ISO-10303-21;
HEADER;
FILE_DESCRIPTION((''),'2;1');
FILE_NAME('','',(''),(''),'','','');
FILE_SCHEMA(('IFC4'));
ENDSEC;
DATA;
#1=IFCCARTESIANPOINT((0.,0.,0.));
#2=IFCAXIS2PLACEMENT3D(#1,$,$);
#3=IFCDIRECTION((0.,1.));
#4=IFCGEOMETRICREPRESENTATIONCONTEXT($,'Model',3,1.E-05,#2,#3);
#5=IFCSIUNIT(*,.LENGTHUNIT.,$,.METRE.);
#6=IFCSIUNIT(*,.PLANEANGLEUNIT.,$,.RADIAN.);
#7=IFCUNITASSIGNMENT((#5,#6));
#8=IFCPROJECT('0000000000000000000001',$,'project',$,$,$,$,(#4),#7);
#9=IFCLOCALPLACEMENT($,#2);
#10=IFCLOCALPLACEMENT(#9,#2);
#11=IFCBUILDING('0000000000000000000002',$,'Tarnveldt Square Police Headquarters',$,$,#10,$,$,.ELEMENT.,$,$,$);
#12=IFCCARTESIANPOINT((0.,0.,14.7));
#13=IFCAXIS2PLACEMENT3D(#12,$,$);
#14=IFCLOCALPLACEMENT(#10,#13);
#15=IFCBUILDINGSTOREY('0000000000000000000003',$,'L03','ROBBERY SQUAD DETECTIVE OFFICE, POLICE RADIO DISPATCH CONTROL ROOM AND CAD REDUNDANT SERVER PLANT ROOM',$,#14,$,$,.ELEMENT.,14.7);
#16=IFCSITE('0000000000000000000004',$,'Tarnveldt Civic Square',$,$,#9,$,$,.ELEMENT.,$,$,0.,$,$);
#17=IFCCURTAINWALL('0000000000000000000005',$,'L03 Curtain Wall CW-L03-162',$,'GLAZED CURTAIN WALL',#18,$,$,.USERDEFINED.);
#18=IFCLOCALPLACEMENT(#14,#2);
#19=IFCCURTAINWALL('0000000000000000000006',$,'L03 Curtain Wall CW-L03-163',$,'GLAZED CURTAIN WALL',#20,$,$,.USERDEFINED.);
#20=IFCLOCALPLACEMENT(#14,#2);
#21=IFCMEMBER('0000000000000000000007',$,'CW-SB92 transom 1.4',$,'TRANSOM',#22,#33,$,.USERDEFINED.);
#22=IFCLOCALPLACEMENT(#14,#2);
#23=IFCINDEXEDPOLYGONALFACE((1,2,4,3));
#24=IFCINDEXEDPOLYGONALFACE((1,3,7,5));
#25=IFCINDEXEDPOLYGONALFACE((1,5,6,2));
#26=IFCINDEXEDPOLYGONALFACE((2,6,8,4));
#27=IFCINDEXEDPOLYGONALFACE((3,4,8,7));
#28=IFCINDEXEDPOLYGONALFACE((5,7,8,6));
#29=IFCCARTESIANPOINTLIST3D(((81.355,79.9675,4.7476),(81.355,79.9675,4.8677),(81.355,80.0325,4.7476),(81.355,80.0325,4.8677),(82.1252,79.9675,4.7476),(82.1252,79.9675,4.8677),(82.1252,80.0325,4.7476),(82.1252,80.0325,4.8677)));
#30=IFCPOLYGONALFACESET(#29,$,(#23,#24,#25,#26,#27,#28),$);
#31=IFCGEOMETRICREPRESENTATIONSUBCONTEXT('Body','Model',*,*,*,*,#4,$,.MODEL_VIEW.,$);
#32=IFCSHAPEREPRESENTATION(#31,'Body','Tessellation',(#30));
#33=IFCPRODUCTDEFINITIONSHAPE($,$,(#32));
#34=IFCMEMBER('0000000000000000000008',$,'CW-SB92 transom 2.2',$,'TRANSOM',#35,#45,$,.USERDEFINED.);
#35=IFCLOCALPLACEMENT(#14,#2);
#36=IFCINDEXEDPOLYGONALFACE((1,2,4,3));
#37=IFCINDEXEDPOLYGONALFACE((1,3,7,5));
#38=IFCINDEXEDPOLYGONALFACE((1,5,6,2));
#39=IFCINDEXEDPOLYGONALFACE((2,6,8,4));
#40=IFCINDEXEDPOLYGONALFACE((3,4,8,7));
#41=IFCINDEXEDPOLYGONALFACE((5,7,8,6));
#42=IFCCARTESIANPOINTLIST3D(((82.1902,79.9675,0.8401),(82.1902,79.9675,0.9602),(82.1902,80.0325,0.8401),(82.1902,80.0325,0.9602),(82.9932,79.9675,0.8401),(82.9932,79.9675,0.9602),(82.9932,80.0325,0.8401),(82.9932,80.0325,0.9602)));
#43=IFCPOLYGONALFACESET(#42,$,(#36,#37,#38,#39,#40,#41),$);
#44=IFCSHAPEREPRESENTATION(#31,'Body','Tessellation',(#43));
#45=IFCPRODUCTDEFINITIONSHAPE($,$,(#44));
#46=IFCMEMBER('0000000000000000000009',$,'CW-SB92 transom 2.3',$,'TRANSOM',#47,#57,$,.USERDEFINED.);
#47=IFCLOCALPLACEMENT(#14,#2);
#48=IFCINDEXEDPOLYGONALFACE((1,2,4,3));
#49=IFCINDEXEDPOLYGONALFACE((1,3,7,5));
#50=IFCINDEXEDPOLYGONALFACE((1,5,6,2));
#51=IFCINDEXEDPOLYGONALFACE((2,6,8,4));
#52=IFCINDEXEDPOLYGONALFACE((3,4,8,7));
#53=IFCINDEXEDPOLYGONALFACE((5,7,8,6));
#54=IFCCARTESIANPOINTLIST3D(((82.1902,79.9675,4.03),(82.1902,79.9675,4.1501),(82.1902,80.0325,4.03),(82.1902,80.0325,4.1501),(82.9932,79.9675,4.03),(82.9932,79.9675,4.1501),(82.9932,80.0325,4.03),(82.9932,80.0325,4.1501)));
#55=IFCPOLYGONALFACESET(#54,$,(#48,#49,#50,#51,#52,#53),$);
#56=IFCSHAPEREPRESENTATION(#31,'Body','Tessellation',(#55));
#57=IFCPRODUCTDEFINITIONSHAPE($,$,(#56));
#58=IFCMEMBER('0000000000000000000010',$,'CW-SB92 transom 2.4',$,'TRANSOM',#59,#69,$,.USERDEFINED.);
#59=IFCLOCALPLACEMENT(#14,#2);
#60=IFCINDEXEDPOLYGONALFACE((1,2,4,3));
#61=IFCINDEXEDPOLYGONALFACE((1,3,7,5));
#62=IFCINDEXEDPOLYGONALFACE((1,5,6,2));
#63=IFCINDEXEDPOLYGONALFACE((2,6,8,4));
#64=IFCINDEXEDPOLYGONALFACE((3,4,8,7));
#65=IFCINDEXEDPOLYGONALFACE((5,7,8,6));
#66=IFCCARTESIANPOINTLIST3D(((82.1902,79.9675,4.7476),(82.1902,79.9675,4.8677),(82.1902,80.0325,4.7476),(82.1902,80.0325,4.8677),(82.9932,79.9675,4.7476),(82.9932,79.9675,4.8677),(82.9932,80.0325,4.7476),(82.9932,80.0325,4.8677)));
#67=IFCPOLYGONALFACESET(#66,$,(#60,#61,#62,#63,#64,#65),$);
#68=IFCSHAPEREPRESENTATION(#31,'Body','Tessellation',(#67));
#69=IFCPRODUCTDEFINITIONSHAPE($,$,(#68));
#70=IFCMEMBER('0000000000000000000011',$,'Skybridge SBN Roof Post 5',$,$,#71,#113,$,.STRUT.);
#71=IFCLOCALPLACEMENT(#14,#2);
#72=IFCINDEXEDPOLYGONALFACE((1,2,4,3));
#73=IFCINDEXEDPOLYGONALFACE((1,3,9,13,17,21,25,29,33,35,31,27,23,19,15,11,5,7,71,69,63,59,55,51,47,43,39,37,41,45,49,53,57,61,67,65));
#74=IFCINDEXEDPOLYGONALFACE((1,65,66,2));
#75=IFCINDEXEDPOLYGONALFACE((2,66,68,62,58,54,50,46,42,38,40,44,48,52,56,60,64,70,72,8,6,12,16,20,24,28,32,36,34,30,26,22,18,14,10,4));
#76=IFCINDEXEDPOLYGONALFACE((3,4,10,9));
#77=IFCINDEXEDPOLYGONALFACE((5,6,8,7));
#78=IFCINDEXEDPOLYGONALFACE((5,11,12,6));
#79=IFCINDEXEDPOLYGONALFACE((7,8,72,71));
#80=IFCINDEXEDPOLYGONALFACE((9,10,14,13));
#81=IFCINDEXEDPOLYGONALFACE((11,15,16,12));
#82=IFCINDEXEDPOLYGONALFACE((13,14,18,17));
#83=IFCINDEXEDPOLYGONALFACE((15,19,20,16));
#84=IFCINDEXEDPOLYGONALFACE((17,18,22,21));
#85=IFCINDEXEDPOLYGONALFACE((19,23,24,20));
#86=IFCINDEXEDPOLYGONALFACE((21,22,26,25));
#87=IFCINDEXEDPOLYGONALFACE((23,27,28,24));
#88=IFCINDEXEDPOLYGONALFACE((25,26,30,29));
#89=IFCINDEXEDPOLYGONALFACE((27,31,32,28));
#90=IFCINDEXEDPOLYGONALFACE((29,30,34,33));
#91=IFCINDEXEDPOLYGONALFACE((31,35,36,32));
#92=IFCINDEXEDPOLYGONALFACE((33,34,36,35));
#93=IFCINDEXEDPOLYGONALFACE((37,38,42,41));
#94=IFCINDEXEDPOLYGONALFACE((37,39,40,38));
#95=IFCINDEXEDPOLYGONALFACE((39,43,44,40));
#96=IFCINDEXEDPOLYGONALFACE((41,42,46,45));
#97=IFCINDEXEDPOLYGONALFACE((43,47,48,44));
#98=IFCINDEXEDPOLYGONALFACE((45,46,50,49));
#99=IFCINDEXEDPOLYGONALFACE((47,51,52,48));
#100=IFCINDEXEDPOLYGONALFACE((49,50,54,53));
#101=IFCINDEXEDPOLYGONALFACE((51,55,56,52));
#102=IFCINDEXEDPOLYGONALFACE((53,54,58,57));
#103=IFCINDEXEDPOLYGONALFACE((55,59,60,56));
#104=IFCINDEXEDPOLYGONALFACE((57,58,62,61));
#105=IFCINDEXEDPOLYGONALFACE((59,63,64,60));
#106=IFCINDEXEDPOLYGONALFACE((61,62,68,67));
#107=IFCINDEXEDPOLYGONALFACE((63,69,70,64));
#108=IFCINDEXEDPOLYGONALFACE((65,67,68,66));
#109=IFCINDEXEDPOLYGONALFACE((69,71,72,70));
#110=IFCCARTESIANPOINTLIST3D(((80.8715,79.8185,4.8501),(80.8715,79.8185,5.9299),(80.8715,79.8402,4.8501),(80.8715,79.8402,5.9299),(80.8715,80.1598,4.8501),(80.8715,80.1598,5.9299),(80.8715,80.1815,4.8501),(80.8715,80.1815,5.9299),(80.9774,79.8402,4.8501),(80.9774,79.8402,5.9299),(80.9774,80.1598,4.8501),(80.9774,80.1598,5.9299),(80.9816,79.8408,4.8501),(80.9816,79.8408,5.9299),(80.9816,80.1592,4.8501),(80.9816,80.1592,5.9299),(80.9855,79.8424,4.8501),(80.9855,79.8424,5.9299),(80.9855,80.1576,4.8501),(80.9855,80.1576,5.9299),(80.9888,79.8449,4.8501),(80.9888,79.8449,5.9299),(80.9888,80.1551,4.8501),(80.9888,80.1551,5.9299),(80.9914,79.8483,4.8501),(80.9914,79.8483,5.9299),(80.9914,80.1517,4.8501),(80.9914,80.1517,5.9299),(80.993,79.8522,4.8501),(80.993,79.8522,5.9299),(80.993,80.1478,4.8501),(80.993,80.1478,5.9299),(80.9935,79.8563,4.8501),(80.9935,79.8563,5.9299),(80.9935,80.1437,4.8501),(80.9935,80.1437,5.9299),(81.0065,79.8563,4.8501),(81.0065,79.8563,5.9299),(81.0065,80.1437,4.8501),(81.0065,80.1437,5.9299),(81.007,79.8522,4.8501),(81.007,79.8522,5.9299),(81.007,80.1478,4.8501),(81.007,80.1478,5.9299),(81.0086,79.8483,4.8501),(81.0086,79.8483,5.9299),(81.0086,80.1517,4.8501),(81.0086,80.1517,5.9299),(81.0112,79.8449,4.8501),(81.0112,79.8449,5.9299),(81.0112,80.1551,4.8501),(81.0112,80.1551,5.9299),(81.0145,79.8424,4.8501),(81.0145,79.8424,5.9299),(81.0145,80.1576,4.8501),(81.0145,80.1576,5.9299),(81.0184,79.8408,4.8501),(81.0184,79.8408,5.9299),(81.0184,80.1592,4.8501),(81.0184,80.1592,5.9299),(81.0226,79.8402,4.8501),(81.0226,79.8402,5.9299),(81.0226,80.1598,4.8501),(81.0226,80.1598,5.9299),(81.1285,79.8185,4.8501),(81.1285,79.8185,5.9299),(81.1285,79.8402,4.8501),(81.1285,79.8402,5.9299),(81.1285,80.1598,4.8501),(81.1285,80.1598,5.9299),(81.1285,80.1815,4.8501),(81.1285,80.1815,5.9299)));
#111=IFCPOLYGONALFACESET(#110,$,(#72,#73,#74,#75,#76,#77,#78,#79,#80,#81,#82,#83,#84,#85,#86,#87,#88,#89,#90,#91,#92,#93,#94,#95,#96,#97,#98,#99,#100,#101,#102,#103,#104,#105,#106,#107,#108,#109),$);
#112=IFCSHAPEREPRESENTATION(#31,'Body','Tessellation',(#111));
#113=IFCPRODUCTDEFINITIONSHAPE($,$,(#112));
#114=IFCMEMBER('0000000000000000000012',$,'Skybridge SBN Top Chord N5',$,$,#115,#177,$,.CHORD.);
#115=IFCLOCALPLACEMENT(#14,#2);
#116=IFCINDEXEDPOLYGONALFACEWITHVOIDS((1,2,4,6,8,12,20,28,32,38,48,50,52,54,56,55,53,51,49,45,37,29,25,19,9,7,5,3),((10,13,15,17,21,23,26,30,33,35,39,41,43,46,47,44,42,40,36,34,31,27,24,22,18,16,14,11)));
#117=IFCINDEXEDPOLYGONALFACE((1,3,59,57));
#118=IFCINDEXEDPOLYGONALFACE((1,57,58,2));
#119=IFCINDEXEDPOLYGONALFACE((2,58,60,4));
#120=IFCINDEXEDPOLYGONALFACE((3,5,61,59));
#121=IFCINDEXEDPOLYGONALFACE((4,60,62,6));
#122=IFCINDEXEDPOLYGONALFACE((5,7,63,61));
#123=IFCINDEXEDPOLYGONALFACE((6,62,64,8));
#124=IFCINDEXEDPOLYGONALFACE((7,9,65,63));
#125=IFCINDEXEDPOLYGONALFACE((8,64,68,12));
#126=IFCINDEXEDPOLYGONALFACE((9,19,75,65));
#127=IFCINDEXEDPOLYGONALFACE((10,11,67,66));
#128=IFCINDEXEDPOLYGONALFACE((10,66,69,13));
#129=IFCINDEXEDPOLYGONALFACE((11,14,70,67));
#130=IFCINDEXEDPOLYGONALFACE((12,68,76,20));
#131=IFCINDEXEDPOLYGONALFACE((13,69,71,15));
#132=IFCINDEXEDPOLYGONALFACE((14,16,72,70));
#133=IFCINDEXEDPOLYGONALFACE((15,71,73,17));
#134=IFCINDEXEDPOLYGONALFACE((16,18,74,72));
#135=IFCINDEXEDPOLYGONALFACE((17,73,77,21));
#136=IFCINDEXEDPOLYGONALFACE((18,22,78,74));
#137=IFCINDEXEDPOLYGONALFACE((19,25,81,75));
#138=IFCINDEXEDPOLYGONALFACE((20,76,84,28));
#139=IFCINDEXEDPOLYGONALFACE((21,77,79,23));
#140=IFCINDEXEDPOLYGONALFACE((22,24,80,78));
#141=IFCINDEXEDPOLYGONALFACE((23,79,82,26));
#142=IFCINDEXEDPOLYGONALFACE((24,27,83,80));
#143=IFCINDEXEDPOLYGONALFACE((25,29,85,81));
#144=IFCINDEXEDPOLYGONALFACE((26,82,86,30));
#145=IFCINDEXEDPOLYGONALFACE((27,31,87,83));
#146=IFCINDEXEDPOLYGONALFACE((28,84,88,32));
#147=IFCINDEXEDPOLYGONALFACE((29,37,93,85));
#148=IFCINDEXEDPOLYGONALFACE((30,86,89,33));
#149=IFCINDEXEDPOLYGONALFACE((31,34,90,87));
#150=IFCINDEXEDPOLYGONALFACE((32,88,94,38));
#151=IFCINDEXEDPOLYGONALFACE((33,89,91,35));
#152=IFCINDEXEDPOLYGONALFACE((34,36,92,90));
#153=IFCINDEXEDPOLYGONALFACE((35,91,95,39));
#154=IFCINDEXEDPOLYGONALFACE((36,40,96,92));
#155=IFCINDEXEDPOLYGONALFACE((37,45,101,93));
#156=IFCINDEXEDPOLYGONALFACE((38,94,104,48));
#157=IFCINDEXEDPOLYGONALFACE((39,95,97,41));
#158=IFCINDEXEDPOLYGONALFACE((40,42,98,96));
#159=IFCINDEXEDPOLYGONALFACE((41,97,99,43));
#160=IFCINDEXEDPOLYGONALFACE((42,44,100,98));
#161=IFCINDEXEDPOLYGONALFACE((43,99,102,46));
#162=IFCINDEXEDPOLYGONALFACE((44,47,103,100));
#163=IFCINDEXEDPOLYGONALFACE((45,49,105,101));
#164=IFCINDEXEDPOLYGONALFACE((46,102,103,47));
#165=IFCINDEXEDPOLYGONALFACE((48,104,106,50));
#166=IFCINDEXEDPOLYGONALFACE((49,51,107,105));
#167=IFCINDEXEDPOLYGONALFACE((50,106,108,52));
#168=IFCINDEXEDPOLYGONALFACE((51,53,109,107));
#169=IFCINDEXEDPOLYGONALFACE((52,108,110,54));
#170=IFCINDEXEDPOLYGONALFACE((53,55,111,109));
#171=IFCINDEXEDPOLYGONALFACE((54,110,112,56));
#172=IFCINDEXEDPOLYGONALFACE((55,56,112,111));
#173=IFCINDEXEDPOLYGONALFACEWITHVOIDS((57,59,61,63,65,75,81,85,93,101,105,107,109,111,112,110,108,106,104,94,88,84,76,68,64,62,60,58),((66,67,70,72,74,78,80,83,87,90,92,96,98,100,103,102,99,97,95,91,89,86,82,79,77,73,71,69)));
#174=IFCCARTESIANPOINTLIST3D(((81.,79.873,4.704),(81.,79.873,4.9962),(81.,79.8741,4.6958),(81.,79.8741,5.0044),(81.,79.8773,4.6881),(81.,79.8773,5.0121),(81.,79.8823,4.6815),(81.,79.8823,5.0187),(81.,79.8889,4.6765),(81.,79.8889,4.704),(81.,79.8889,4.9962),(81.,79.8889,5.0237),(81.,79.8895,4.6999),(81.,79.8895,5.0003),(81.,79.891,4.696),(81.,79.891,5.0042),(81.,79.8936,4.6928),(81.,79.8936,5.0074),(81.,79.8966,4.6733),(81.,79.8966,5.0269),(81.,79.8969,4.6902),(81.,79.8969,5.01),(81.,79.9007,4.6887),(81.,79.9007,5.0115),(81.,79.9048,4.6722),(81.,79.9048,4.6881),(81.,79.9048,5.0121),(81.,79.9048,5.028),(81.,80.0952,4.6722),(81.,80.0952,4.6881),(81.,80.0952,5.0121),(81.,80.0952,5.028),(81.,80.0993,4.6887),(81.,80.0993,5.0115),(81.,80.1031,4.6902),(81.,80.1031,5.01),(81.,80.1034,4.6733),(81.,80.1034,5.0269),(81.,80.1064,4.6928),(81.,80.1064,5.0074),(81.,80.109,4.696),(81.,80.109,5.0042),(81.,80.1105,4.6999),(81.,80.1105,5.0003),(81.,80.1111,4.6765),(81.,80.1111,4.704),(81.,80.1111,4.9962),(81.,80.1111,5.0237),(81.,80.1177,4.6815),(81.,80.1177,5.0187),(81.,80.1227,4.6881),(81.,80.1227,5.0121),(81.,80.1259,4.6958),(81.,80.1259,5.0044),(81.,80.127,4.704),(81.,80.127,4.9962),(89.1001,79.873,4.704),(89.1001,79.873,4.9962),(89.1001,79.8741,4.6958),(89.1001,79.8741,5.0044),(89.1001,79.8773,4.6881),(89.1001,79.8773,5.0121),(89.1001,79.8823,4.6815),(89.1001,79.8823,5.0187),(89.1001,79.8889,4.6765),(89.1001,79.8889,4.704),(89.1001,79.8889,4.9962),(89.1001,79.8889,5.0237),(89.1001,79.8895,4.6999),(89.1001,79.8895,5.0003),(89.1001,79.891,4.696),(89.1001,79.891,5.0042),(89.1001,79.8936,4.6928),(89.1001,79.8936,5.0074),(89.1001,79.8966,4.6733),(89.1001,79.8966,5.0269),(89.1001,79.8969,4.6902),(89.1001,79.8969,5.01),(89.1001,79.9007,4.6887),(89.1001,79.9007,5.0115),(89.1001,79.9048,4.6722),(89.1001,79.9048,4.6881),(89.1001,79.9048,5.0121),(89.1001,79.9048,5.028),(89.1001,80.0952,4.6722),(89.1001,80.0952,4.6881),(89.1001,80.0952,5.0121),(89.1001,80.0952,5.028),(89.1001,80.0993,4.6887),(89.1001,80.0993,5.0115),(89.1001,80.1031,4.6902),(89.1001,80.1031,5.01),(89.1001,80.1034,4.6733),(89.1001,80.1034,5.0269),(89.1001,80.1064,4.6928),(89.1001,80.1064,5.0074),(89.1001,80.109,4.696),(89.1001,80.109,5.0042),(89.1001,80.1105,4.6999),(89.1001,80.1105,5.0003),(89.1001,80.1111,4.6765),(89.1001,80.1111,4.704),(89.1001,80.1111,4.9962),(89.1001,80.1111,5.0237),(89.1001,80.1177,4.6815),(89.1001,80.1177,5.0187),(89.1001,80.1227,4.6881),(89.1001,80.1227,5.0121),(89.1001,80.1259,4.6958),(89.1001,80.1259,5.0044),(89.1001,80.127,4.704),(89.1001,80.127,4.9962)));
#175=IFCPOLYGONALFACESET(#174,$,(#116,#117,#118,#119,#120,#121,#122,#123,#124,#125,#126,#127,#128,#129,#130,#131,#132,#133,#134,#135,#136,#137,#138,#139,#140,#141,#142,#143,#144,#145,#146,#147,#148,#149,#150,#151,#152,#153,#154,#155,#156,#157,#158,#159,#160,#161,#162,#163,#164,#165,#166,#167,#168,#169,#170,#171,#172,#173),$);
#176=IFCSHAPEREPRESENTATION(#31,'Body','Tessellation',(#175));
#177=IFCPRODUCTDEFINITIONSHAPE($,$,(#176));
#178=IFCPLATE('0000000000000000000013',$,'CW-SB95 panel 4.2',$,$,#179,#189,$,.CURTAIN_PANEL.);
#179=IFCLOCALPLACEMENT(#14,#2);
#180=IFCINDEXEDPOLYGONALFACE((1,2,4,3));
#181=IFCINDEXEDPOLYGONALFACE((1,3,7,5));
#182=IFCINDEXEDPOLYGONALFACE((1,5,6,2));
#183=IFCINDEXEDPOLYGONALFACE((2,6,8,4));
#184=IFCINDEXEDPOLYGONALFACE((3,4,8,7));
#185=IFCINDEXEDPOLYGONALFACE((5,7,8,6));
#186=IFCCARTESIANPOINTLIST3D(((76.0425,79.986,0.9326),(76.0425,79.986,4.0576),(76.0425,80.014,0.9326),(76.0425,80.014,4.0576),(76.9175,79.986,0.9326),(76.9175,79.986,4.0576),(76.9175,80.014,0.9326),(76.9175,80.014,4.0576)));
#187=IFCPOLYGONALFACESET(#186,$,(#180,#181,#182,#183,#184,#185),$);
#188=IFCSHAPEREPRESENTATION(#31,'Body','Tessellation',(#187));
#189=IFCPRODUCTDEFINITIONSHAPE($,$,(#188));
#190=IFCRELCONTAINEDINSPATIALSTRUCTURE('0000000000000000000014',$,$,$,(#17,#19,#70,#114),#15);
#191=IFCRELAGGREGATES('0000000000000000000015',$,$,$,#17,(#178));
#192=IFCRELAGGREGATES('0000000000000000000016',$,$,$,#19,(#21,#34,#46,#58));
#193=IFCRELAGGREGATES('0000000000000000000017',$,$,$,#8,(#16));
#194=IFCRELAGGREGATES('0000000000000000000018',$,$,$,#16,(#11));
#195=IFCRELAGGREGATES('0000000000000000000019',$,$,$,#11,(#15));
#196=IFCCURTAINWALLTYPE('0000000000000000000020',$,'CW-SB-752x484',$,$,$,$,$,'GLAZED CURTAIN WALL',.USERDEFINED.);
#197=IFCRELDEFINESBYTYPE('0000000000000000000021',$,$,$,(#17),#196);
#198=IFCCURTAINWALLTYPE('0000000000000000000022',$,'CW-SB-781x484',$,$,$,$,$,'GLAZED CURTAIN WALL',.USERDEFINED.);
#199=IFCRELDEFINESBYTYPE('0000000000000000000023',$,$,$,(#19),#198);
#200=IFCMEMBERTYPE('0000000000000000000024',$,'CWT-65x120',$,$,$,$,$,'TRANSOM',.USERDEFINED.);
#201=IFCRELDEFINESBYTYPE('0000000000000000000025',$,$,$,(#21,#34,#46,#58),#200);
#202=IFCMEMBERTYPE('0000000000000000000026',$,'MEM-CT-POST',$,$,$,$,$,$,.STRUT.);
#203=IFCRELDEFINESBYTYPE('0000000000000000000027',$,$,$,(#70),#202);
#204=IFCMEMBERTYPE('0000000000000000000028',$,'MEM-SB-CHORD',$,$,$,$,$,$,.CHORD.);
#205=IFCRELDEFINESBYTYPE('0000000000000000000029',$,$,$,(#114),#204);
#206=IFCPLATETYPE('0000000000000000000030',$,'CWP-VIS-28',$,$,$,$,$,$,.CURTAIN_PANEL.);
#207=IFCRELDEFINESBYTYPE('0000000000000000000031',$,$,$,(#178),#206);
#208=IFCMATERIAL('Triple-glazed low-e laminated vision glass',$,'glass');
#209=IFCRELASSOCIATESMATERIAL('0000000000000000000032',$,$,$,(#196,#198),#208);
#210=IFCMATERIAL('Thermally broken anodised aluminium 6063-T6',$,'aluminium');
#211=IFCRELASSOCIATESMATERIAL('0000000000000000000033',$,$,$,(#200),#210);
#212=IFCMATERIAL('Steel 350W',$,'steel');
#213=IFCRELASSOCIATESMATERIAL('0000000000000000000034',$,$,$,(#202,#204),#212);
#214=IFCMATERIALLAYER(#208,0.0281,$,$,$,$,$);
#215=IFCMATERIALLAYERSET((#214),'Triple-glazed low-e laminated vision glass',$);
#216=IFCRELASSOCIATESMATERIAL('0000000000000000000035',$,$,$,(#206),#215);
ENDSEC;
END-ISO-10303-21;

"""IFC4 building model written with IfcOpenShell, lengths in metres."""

from ifc_helpers import new_model, si_unit, direction, frame, origin, origin_2d, place, context, subcontext, project, spatial, rectangle, hollow_rectangle, i_section, extrude, material, layer, layer_set, material_profile, profile_set, type_object, element, aggregate, save


model = new_model("IFC4")

# Units and contexts
model_context = context("Model", 3, precision=1e-05, world=origin(), true_north=direction((0.0, 1.0)))
body_context = subcontext(model_context, "Body", "Model", "MODEL_VIEW")
ifc_project = project(units=[si_unit("LENGTHUNIT", "METRE"), si_unit("PLANEANGLEUNIT", "RADIAN")], contexts=[model_context])

# Site, building, storey
site_placement = place(None, origin())
site = spatial("IfcSite", under=ifc_project, at=site_placement, Name="Tarnveldt Civic Square", CompositionType="ELEMENT", RefElevation=0.0)
building_placement = place(site_placement, origin())
building = spatial("IfcBuilding", under=site, at=building_placement, Name="Tarnveldt Square Police Headquarters", CompositionType="ELEMENT")
storey_placement = place(building_placement, frame((0.0, 0.0, 14.7)))
storey = spatial("IfcBuildingStorey", under=building, at=storey_placement, Name="L03", Description="ROBBERY SQUAD DETECTIVE OFFICE, POLICE RADIO DISPATCH CONTROL ROOM AND CAD REDUNDANT SERVER PLANT ROOM", CompositionType="ELEMENT", Elevation=14.7)

# Shared definitions
ifc_material_1 = material(Name="Steel 350W", Category="steel")

# Curtain walls, members
ifc_material_2 = material(Name="Triple-glazed low-e laminated vision glass", Category="glass")
curtain_wall_type_1 = type_object("IfcCurtainWallType", Name="CW-SB-752x484", ElementType="GLAZED CURTAIN WALL", PredefinedType="USERDEFINED", material=ifc_material_2)
curtain_wall_1_placement = place(storey_placement, origin())
curtain_wall_1 = element("IfcCurtainWall", 1, at=curtain_wall_1_placement, inside=storey, type_object=curtain_wall_type_1, Name="L03 Curtain Wall CW-L03-162", ObjectType="GLAZED CURTAIN WALL", PredefinedType="USERDEFINED")
ifc_material_3 = material(Name="Thermally broken anodised aluminium 6063-T6", Category="aluminium")
ifc_material_profile_1 = material_profile(ifc_material_3, rectangle(XDim=0.0649, YDim=0.1201, at=origin_2d()), Name="CW-T65x120")
ifc_profile_set_1 = profile_set([ifc_material_profile_1], Name="Thermally broken anodised aluminium 6063-T6")
member_type_1 = type_object("IfcMemberType", Name="CWT-65x120", ElementType="TRANSOM", PredefinedType="USERDEFINED", material=ifc_profile_set_1)
curtain_wall_type_2 = type_object("IfcCurtainWallType", Name="CW-SB-781x484", ElementType="GLAZED CURTAIN WALL", PredefinedType="USERDEFINED", material=ifc_material_2)
curtain_wall_2_placement = place(storey_placement, origin())
curtain_wall_2 = element("IfcCurtainWall", 2, at=curtain_wall_2_placement, inside=storey, type_object=curtain_wall_type_2, Name="L03 Curtain Wall CW-L03-163", ObjectType="GLAZED CURTAIN WALL", PredefinedType="USERDEFINED")
member_1_placement = place(storey_placement, frame((81.355, 80.0, 4.8076), z_axis=(1.0, 0.0, 0.0), x_axis=(0.0, 1.0, 0.0)))
member_1 = element("IfcMember", 3, at=member_1_placement, type_object=member_type_1, Name="CW-SB92 transom 1.4", ObjectType="TRANSOM", PredefinedType="USERDEFINED", context=body_context, shape_type="SweptSolid", body=[
    extrude(rectangle(XDim=0.0649, YDim=0.1201, at=origin_2d()), origin(), (0.0, 0.0, 1.0), 0.7703),
])
member_2_placement = place(storey_placement, frame((82.1902, 80.0, 0.9001), z_axis=(1.0, 0.0, 0.0), x_axis=(0.0, 1.0, 0.0)))
member_2 = element("IfcMember", 4, at=member_2_placement, type_object=member_type_1, Name="CW-SB92 transom 2.2", ObjectType="TRANSOM", PredefinedType="USERDEFINED", context=body_context, shape_type="SweptSolid", body=[
    extrude(rectangle(XDim=0.0649, YDim=0.1201, at=origin_2d()), origin(), (0.0, 0.0, 1.0), 0.803),
])
member_3_placement = place(storey_placement, frame((82.1902, 80.0, 4.0901), z_axis=(1.0, 0.0, 0.0), x_axis=(0.0, 1.0, 0.0)))
member_3 = element("IfcMember", 5, at=member_3_placement, type_object=member_type_1, Name="CW-SB92 transom 2.3", ObjectType="TRANSOM", PredefinedType="USERDEFINED", context=body_context, shape_type="SweptSolid", body=[
    extrude(rectangle(XDim=0.0649, YDim=0.1201, at=origin_2d()), origin(), (0.0, 0.0, 1.0), 0.803),
])
member_4_placement = place(storey_placement, frame((82.1902, 80.0, 4.8076), z_axis=(1.0, 0.0, 0.0), x_axis=(0.0, 1.0, 0.0)))
member_4 = element("IfcMember", 6, at=member_4_placement, type_object=member_type_1, Name="CW-SB92 transom 2.4", ObjectType="TRANSOM", PredefinedType="USERDEFINED", context=body_context, shape_type="SweptSolid", body=[
    extrude(rectangle(XDim=0.0649, YDim=0.1201, at=origin_2d()), origin(), (0.0, 0.0, 1.0), 0.803),
])

# Members
ifc_material_profile_2 = material_profile(ifc_material_1, i_section(OverallWidth=0.2571, OverallDepth=0.363, WebThickness=0.0129, FlangeThickness=0.0217, FilletRadius=0.0161, at=origin_2d()), Name="W360x122")
ifc_profile_set_2 = profile_set([ifc_material_profile_2], Name="Steel 350W")
member_type_2 = type_object("IfcMemberType", Name="MEM-CT-POST", PredefinedType="STRUT", material=ifc_profile_set_2)
member_5_placement = place(storey_placement, frame((81.0, 80.0, 4.8501), z_axis=(0.0, 0.0, 1.0), x_axis=(1.0, 0.0, 0.0)))
element("IfcMember", 7, at=member_5_placement, inside=storey, type_object=member_type_2, Name="Skybridge SBN Roof Post 5", PredefinedType="STRUT", context=body_context, shape_type="SweptSolid", body=[
    extrude(i_section(OverallWidth=0.2571, OverallDepth=0.363, WebThickness=0.0129, FlangeThickness=0.0217, FilletRadius=0.0161, at=origin_2d()), origin(), (0.0, 0.0, 1.0), 1.0798),
])
ifc_material_profile_3 = material_profile(ifc_material_1, hollow_rectangle(XDim=0.2539, YDim=0.3557, WallThickness=0.0159, InnerFilletRadius=0.0159, OuterFilletRadius=0.0317, at=origin_2d()), Name="HSS356x254x16")
ifc_profile_set_3 = profile_set([ifc_material_profile_3], Name="Steel 350W")
member_type_3 = type_object("IfcMemberType", Name="MEM-SB-CHORD", PredefinedType="CHORD", material=ifc_profile_set_3)
member_6_placement = place(storey_placement, frame((81.0, 80.0, 4.8501), z_axis=(1.0, 0.0, 0.0), x_axis=(0.0, 1.0, 0.0)))
element("IfcMember", 8, at=member_6_placement, inside=storey, type_object=member_type_3, Name="Skybridge SBN Top Chord N5", PredefinedType="CHORD", context=body_context, shape_type="SweptSolid", body=[
    extrude(hollow_rectangle(XDim=0.2539, YDim=0.3557, WallThickness=0.0159, InnerFilletRadius=0.0159, OuterFilletRadius=0.0317, at=origin_2d()), origin(), (0.0, 0.0, 1.0), 8.1001),
])

# Plate
ifc_layer = layer(ifc_material_2, 0.0281)
ifc_layer_set = layer_set([ifc_layer], Name="Triple-glazed low-e laminated vision glass")
plate_type = type_object("IfcPlateType", Name="CWP-VIS-28", PredefinedType="CURTAIN_PANEL", material=ifc_layer_set)
plate_1_placement = place(storey_placement, frame((76.48, 80.0, 0.9326), z_axis=(0.0, 0.0, 1.0), x_axis=(1.0, 0.0, 0.0)))
plate_1 = element("IfcPlate", 9, at=plate_1_placement, type_object=plate_type, Name="CW-SB95 panel 4.2", PredefinedType="CURTAIN_PANEL", context=body_context, shape_type="SweptSolid", body=[
    extrude(rectangle(XDim=0.875, YDim=0.0281, at=origin_2d()), origin(), (0.0, 0.0, 1.0), 3.125),
])
aggregate(curtain_wall_1, [plate_1])
aggregate(curtain_wall_2, [member_1, member_2, member_3, member_4])

save(model, "model.ifc")
